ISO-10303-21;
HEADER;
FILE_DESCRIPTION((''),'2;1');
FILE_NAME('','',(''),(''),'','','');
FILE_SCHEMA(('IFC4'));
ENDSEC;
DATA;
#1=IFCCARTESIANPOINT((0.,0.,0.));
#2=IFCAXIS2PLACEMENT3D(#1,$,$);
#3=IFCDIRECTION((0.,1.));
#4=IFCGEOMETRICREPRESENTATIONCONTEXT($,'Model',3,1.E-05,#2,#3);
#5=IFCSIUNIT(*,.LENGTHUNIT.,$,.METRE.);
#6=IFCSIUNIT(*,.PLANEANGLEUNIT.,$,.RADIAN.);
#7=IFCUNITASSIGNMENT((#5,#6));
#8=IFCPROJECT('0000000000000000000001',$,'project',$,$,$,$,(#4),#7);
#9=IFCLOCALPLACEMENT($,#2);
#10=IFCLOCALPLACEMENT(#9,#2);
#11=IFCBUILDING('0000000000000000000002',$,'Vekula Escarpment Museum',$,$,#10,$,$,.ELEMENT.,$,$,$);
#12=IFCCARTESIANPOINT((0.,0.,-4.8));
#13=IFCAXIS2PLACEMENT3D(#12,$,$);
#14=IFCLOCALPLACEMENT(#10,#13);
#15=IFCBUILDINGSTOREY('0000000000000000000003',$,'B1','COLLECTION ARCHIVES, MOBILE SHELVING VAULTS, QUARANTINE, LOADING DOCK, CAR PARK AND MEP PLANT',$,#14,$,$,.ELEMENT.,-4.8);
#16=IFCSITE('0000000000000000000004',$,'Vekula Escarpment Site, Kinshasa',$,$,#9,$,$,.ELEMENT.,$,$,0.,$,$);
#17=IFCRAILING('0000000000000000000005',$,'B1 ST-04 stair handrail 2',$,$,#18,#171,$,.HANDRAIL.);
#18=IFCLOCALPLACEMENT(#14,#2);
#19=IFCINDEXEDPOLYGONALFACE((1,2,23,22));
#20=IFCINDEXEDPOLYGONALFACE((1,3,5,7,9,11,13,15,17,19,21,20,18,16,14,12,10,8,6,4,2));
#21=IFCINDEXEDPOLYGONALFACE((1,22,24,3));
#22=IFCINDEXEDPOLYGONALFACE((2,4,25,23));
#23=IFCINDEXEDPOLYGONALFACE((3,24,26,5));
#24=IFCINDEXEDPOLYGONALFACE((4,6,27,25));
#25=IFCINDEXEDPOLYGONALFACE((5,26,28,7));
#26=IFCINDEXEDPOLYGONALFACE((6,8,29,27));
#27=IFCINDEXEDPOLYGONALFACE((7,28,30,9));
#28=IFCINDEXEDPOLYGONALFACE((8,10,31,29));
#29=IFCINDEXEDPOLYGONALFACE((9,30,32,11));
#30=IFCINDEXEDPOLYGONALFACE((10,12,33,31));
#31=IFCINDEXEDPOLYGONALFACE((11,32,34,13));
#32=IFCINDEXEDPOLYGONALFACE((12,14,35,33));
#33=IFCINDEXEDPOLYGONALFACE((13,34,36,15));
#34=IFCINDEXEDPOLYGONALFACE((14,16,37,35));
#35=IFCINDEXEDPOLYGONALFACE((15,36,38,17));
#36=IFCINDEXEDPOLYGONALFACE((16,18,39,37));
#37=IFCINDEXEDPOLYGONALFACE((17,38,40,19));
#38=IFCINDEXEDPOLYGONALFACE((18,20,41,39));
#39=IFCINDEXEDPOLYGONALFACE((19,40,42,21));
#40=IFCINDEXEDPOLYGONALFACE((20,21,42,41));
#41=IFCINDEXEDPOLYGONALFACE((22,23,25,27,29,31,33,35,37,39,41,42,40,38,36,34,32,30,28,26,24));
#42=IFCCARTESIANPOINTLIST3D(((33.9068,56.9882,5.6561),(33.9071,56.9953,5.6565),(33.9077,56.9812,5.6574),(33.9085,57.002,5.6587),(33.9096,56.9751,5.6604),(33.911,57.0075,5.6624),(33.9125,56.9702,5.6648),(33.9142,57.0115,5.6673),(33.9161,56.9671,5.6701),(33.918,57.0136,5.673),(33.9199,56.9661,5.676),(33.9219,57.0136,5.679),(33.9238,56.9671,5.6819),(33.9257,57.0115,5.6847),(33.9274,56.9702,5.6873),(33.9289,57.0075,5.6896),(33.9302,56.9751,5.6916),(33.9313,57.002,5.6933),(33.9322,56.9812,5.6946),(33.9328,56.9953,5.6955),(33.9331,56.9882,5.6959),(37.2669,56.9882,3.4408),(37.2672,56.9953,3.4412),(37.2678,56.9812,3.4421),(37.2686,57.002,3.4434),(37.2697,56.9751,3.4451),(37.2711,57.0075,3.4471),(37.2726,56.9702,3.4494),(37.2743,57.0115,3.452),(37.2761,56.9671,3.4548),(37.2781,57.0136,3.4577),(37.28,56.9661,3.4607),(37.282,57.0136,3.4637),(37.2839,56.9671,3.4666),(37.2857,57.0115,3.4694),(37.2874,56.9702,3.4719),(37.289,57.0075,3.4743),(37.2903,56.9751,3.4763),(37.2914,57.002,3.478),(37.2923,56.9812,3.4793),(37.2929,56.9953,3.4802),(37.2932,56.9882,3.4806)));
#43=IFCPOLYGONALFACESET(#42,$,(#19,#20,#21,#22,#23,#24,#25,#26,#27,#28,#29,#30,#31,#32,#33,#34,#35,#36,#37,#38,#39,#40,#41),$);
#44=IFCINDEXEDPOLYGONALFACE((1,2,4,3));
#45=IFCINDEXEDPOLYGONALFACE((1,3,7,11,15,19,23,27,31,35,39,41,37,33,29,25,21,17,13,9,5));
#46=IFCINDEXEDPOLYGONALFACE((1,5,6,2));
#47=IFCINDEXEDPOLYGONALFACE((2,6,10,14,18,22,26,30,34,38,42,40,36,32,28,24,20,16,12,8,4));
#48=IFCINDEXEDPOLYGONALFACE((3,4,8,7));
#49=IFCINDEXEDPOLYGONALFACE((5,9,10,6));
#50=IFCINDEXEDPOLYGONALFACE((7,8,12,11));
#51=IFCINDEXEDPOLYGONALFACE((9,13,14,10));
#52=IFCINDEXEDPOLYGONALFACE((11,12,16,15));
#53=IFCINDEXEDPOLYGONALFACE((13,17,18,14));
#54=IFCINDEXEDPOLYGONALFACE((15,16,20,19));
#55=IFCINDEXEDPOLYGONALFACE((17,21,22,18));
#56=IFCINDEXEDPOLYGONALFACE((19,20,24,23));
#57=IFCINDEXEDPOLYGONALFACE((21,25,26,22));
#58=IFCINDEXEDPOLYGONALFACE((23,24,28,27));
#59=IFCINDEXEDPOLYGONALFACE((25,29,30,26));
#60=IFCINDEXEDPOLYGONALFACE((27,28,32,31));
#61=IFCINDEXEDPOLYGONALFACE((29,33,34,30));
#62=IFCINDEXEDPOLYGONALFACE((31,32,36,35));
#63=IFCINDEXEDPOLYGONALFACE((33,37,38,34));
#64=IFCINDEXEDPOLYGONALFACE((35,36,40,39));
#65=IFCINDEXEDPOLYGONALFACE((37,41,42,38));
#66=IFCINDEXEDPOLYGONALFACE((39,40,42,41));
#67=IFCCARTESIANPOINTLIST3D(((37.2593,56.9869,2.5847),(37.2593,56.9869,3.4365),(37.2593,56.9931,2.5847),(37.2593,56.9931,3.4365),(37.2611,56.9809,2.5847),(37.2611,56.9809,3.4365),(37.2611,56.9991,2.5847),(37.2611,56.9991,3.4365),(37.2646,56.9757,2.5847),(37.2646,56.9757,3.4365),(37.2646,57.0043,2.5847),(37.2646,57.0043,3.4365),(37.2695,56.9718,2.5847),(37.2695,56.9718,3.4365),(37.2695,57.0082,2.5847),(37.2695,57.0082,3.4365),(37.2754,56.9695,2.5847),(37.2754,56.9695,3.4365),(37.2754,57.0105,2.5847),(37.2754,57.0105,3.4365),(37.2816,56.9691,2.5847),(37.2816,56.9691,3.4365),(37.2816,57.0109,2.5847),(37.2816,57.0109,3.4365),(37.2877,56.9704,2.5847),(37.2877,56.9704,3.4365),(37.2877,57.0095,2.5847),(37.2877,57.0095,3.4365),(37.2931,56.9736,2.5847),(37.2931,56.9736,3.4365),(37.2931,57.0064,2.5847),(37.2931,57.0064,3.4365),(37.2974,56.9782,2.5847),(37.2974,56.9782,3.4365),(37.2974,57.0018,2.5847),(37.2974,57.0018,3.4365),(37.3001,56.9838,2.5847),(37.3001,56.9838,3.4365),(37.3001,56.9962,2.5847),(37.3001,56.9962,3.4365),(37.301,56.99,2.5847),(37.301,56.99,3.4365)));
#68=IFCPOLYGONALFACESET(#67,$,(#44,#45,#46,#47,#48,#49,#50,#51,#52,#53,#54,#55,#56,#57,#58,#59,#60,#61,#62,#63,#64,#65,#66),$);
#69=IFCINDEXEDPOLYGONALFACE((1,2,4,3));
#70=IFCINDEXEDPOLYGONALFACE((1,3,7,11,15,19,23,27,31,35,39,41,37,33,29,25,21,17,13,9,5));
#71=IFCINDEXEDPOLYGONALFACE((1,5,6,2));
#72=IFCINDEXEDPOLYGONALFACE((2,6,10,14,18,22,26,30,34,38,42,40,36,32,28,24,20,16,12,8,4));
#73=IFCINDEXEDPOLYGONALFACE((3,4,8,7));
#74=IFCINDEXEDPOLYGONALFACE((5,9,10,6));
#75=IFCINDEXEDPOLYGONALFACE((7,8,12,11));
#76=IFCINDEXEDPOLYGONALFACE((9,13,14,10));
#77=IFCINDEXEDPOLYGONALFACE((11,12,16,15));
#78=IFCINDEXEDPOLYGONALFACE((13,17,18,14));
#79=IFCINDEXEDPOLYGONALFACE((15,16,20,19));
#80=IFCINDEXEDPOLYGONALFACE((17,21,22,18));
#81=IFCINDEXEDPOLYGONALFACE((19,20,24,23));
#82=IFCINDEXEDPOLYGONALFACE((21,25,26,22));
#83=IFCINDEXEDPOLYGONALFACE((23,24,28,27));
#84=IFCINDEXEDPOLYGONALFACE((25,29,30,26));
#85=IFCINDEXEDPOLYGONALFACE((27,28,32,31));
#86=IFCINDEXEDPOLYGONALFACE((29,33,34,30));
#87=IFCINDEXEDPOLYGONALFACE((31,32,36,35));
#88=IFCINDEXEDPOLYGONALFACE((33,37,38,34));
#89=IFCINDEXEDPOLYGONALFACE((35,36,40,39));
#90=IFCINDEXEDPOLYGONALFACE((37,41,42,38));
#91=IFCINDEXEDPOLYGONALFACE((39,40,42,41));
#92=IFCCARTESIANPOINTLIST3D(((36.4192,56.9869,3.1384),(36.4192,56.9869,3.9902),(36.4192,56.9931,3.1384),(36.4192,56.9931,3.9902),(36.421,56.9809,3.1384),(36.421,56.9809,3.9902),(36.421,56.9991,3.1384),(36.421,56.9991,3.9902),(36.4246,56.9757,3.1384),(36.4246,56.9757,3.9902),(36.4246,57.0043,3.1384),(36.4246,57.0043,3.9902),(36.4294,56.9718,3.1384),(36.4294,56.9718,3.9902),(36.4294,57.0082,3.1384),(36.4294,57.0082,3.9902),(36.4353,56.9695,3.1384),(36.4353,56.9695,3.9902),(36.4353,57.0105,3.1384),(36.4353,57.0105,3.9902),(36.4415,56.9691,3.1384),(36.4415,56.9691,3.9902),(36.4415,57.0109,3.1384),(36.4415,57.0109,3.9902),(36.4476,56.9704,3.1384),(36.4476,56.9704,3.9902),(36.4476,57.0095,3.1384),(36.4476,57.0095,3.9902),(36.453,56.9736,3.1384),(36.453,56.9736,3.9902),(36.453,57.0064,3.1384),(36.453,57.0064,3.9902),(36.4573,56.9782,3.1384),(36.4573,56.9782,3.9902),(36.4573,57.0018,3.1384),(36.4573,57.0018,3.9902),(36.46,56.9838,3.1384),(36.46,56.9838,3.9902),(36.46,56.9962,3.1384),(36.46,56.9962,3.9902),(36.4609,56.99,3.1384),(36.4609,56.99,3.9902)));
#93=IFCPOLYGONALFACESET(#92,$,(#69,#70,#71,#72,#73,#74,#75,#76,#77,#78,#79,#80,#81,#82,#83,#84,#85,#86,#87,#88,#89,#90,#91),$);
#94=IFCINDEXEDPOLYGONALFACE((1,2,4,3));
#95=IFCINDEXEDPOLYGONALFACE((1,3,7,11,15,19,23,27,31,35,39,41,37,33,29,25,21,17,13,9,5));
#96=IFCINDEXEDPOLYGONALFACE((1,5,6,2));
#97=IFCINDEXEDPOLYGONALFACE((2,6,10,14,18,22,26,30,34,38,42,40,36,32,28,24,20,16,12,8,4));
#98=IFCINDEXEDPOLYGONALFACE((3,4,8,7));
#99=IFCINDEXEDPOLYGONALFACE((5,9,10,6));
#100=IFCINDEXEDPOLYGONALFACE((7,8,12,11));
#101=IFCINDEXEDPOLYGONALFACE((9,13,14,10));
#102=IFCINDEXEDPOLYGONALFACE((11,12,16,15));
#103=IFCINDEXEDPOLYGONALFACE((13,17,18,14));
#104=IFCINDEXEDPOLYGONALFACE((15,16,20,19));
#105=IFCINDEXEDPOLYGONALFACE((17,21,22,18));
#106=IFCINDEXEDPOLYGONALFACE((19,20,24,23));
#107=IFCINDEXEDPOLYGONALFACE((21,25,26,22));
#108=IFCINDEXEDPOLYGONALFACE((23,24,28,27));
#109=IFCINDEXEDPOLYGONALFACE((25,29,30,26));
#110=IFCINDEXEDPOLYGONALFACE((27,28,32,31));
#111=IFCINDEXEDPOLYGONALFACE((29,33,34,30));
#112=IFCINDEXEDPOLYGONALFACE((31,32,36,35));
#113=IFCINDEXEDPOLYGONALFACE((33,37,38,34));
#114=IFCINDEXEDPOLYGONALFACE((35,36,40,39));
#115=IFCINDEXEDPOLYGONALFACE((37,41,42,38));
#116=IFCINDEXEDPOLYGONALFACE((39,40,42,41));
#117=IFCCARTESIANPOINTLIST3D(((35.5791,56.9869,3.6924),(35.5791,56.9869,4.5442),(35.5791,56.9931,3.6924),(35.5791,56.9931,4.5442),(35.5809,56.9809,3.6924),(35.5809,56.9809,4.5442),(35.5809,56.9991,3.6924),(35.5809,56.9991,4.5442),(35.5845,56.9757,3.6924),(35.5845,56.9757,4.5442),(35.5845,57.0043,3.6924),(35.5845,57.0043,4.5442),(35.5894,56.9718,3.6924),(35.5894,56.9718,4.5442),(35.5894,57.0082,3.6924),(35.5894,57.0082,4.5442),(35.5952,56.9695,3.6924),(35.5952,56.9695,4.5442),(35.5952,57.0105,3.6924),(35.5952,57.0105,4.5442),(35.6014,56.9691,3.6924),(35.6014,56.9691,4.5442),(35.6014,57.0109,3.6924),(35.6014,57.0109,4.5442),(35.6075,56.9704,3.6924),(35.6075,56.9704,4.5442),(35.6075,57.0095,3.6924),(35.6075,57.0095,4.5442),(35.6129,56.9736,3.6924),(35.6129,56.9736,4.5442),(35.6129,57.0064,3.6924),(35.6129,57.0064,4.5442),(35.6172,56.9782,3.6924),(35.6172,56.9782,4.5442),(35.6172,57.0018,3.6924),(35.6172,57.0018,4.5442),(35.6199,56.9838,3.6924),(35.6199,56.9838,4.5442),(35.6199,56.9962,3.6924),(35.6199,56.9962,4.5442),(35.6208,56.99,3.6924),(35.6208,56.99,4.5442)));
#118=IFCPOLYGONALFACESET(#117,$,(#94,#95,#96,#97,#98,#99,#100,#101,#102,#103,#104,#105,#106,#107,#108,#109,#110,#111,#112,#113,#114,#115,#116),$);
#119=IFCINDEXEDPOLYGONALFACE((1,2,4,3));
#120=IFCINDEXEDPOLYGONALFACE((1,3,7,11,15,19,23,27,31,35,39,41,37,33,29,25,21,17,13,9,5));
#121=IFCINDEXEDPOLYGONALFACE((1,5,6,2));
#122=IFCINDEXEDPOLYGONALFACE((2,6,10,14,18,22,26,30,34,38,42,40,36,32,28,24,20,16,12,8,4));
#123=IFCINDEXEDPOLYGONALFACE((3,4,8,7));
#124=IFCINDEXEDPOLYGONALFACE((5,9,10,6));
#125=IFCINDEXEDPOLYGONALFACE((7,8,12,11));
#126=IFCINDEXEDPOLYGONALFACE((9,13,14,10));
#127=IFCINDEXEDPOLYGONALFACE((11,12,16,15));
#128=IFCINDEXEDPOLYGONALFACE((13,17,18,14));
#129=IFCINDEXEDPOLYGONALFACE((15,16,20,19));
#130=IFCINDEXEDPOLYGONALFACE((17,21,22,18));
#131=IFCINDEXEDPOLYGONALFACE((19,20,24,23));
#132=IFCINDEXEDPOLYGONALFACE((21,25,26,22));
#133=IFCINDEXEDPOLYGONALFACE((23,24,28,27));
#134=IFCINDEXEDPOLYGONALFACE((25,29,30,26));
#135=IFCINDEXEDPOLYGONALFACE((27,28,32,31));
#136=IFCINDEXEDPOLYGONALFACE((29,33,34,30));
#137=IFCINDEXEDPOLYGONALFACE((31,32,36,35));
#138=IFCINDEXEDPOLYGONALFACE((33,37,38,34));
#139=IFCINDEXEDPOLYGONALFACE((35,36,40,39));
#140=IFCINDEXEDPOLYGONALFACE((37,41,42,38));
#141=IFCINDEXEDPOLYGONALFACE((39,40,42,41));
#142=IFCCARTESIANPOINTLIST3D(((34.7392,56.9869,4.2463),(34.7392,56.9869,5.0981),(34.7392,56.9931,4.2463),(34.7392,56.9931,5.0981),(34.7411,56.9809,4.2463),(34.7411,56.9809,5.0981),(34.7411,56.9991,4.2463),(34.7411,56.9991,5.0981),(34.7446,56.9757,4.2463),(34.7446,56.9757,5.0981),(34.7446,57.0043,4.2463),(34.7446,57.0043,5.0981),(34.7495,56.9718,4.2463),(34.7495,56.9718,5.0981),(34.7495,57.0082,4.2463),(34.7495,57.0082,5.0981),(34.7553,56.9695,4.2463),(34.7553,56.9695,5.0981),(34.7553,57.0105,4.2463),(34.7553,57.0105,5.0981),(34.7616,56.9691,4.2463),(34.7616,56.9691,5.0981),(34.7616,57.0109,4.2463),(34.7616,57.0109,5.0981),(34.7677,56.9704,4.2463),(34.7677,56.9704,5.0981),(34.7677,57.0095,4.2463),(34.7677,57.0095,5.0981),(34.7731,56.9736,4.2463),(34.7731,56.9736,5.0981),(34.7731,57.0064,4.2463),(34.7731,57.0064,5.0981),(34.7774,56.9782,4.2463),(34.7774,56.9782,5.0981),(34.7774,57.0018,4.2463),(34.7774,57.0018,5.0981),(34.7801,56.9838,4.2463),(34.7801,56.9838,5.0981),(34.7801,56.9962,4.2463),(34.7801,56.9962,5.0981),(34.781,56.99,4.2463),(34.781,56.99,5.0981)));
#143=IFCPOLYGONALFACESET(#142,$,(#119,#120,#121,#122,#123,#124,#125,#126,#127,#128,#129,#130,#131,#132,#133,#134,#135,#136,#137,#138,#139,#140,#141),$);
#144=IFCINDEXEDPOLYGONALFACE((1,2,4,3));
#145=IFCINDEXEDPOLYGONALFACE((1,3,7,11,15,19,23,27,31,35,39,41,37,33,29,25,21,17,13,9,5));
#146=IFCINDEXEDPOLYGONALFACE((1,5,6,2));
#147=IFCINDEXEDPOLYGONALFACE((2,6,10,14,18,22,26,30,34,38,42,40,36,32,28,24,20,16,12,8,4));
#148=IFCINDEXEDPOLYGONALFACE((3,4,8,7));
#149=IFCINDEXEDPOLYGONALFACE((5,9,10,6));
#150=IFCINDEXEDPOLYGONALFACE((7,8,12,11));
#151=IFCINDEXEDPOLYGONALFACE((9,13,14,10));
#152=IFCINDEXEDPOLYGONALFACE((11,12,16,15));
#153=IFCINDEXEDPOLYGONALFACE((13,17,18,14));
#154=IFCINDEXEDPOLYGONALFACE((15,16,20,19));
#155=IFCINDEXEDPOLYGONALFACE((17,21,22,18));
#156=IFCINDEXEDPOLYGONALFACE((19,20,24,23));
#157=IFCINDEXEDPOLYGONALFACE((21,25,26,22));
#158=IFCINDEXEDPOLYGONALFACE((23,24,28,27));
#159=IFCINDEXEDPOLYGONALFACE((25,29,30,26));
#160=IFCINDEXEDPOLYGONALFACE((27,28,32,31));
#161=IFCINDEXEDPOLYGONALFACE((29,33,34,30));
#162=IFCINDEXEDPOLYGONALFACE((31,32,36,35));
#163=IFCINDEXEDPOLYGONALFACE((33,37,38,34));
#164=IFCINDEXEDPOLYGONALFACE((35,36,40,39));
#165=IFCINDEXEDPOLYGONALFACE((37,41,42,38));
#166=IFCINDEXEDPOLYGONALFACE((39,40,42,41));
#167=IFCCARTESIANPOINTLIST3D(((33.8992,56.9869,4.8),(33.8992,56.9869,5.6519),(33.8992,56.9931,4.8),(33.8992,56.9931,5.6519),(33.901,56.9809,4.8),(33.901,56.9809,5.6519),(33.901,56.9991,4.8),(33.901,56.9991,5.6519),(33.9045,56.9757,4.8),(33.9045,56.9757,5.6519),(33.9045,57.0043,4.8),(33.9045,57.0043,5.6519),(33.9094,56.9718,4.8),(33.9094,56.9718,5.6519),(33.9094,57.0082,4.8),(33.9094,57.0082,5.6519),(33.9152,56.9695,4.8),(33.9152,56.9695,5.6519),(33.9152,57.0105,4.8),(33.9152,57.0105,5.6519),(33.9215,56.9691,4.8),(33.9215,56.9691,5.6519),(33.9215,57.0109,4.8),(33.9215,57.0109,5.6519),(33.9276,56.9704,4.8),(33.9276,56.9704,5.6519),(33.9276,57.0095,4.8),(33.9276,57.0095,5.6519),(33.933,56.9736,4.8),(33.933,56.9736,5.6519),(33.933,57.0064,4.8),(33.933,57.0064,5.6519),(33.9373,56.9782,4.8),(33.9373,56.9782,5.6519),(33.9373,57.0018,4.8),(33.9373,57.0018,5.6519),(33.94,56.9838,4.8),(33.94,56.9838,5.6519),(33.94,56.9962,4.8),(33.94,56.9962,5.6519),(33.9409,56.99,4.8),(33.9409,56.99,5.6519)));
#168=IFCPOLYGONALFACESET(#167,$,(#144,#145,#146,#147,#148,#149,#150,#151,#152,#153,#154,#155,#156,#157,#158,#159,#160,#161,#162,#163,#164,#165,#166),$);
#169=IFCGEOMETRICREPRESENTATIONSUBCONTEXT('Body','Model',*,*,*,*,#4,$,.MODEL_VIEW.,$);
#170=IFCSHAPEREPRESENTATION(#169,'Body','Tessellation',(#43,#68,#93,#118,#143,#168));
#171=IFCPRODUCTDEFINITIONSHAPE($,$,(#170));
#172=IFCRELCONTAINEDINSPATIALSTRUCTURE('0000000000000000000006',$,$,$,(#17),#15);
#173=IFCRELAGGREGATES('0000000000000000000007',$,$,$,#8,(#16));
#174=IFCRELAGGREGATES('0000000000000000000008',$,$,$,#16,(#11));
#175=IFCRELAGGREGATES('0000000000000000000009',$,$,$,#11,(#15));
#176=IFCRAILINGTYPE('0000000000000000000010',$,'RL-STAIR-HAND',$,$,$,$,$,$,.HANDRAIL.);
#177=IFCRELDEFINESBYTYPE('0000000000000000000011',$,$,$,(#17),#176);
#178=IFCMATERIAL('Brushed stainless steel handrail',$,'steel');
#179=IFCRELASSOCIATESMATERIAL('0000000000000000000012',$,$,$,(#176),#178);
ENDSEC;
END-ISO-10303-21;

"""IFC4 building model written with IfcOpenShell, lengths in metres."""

from ifc_helpers import new_model, si_unit, direction, frame, origin, origin_2d, place, context, subcontext, project, spatial, circle, extrude, material, type_object, element, save


model = new_model("IFC4")

# Units and contexts
model_context = context("Model", 3, precision=1e-05, world=origin(), true_north=direction((0.0, 1.0)))
body_context = subcontext(model_context, "Body", "Model", "MODEL_VIEW")
ifc_project = project(units=[si_unit("LENGTHUNIT", "METRE"), si_unit("PLANEANGLEUNIT", "RADIAN")], contexts=[model_context])

# Site, building, storey
site_placement = place(None, origin())
site = spatial("IfcSite", under=ifc_project, at=site_placement, Name="Vekula Escarpment Site, Kinshasa", CompositionType="ELEMENT", RefElevation=0.0)
building_placement = place(site_placement, origin())
building = spatial("IfcBuilding", under=site, at=building_placement, Name="Vekula Escarpment Museum", CompositionType="ELEMENT")
storey_placement = place(building_placement, frame((0.0, 0.0, -4.8)))
storey = spatial("IfcBuildingStorey", under=building, at=storey_placement, Name="B1", Description="COLLECTION ARCHIVES, MOBILE SHELVING VAULTS, QUARANTINE, LOADING DOCK, CAR PARK AND MEP PLANT", CompositionType="ELEMENT", Elevation=-4.8)

# Railing
ifc_material_1 = material(Name="Brushed stainless steel handrail", Category="steel")
railing_type_1 = type_object("IfcRailingType", Name="RL-STAIR-HAND", PredefinedType="HANDRAIL", material=ifc_material_1)
railing_1_placement = place(storey_placement, frame((37.28, 56.99, 2.5847)))
element("IfcRailing", 1, at=railing_1_placement, inside=storey, type_object=railing_type_1, Name="B1 ST-04 stair handrail 2", PredefinedType="HANDRAIL", context=body_context, shape_type="SweptSolid", body=[
    extrude(circle(Radius=0.0239, at=origin_2d()), frame((0.0, 0.0, 0.876), z_axis=(-0.834876, 0.0, 0.550437), x_axis=(0.0, -1.0, 0.0)), (0.0, 0.0, 1.0), 4.0247),
    extrude(circle(Radius=0.021, at=origin_2d()), origin(), (0.0, 0.0, 1.0), 0.8518),
    extrude(circle(Radius=0.021, at=origin_2d()), frame((-0.8401, 0.0, 0.5537)), (0.0, 0.0, 1.0), 0.8518),
    extrude(circle(Radius=0.021, at=origin_2d()), frame((-1.6802, 0.0, 1.1077)), (0.0, 0.0, 1.0), 0.8518),
    extrude(circle(Radius=0.021, at=origin_2d()), frame((-2.52, 0.0, 1.6616)), (0.0, 0.0, 1.0), 0.8518),
    extrude(circle(Radius=0.021, at=origin_2d()), frame((-3.3601, 0.0, 2.2153)), (0.0, 0.0, 1.0), 0.8518),
])

save(model, "model.ifc")
